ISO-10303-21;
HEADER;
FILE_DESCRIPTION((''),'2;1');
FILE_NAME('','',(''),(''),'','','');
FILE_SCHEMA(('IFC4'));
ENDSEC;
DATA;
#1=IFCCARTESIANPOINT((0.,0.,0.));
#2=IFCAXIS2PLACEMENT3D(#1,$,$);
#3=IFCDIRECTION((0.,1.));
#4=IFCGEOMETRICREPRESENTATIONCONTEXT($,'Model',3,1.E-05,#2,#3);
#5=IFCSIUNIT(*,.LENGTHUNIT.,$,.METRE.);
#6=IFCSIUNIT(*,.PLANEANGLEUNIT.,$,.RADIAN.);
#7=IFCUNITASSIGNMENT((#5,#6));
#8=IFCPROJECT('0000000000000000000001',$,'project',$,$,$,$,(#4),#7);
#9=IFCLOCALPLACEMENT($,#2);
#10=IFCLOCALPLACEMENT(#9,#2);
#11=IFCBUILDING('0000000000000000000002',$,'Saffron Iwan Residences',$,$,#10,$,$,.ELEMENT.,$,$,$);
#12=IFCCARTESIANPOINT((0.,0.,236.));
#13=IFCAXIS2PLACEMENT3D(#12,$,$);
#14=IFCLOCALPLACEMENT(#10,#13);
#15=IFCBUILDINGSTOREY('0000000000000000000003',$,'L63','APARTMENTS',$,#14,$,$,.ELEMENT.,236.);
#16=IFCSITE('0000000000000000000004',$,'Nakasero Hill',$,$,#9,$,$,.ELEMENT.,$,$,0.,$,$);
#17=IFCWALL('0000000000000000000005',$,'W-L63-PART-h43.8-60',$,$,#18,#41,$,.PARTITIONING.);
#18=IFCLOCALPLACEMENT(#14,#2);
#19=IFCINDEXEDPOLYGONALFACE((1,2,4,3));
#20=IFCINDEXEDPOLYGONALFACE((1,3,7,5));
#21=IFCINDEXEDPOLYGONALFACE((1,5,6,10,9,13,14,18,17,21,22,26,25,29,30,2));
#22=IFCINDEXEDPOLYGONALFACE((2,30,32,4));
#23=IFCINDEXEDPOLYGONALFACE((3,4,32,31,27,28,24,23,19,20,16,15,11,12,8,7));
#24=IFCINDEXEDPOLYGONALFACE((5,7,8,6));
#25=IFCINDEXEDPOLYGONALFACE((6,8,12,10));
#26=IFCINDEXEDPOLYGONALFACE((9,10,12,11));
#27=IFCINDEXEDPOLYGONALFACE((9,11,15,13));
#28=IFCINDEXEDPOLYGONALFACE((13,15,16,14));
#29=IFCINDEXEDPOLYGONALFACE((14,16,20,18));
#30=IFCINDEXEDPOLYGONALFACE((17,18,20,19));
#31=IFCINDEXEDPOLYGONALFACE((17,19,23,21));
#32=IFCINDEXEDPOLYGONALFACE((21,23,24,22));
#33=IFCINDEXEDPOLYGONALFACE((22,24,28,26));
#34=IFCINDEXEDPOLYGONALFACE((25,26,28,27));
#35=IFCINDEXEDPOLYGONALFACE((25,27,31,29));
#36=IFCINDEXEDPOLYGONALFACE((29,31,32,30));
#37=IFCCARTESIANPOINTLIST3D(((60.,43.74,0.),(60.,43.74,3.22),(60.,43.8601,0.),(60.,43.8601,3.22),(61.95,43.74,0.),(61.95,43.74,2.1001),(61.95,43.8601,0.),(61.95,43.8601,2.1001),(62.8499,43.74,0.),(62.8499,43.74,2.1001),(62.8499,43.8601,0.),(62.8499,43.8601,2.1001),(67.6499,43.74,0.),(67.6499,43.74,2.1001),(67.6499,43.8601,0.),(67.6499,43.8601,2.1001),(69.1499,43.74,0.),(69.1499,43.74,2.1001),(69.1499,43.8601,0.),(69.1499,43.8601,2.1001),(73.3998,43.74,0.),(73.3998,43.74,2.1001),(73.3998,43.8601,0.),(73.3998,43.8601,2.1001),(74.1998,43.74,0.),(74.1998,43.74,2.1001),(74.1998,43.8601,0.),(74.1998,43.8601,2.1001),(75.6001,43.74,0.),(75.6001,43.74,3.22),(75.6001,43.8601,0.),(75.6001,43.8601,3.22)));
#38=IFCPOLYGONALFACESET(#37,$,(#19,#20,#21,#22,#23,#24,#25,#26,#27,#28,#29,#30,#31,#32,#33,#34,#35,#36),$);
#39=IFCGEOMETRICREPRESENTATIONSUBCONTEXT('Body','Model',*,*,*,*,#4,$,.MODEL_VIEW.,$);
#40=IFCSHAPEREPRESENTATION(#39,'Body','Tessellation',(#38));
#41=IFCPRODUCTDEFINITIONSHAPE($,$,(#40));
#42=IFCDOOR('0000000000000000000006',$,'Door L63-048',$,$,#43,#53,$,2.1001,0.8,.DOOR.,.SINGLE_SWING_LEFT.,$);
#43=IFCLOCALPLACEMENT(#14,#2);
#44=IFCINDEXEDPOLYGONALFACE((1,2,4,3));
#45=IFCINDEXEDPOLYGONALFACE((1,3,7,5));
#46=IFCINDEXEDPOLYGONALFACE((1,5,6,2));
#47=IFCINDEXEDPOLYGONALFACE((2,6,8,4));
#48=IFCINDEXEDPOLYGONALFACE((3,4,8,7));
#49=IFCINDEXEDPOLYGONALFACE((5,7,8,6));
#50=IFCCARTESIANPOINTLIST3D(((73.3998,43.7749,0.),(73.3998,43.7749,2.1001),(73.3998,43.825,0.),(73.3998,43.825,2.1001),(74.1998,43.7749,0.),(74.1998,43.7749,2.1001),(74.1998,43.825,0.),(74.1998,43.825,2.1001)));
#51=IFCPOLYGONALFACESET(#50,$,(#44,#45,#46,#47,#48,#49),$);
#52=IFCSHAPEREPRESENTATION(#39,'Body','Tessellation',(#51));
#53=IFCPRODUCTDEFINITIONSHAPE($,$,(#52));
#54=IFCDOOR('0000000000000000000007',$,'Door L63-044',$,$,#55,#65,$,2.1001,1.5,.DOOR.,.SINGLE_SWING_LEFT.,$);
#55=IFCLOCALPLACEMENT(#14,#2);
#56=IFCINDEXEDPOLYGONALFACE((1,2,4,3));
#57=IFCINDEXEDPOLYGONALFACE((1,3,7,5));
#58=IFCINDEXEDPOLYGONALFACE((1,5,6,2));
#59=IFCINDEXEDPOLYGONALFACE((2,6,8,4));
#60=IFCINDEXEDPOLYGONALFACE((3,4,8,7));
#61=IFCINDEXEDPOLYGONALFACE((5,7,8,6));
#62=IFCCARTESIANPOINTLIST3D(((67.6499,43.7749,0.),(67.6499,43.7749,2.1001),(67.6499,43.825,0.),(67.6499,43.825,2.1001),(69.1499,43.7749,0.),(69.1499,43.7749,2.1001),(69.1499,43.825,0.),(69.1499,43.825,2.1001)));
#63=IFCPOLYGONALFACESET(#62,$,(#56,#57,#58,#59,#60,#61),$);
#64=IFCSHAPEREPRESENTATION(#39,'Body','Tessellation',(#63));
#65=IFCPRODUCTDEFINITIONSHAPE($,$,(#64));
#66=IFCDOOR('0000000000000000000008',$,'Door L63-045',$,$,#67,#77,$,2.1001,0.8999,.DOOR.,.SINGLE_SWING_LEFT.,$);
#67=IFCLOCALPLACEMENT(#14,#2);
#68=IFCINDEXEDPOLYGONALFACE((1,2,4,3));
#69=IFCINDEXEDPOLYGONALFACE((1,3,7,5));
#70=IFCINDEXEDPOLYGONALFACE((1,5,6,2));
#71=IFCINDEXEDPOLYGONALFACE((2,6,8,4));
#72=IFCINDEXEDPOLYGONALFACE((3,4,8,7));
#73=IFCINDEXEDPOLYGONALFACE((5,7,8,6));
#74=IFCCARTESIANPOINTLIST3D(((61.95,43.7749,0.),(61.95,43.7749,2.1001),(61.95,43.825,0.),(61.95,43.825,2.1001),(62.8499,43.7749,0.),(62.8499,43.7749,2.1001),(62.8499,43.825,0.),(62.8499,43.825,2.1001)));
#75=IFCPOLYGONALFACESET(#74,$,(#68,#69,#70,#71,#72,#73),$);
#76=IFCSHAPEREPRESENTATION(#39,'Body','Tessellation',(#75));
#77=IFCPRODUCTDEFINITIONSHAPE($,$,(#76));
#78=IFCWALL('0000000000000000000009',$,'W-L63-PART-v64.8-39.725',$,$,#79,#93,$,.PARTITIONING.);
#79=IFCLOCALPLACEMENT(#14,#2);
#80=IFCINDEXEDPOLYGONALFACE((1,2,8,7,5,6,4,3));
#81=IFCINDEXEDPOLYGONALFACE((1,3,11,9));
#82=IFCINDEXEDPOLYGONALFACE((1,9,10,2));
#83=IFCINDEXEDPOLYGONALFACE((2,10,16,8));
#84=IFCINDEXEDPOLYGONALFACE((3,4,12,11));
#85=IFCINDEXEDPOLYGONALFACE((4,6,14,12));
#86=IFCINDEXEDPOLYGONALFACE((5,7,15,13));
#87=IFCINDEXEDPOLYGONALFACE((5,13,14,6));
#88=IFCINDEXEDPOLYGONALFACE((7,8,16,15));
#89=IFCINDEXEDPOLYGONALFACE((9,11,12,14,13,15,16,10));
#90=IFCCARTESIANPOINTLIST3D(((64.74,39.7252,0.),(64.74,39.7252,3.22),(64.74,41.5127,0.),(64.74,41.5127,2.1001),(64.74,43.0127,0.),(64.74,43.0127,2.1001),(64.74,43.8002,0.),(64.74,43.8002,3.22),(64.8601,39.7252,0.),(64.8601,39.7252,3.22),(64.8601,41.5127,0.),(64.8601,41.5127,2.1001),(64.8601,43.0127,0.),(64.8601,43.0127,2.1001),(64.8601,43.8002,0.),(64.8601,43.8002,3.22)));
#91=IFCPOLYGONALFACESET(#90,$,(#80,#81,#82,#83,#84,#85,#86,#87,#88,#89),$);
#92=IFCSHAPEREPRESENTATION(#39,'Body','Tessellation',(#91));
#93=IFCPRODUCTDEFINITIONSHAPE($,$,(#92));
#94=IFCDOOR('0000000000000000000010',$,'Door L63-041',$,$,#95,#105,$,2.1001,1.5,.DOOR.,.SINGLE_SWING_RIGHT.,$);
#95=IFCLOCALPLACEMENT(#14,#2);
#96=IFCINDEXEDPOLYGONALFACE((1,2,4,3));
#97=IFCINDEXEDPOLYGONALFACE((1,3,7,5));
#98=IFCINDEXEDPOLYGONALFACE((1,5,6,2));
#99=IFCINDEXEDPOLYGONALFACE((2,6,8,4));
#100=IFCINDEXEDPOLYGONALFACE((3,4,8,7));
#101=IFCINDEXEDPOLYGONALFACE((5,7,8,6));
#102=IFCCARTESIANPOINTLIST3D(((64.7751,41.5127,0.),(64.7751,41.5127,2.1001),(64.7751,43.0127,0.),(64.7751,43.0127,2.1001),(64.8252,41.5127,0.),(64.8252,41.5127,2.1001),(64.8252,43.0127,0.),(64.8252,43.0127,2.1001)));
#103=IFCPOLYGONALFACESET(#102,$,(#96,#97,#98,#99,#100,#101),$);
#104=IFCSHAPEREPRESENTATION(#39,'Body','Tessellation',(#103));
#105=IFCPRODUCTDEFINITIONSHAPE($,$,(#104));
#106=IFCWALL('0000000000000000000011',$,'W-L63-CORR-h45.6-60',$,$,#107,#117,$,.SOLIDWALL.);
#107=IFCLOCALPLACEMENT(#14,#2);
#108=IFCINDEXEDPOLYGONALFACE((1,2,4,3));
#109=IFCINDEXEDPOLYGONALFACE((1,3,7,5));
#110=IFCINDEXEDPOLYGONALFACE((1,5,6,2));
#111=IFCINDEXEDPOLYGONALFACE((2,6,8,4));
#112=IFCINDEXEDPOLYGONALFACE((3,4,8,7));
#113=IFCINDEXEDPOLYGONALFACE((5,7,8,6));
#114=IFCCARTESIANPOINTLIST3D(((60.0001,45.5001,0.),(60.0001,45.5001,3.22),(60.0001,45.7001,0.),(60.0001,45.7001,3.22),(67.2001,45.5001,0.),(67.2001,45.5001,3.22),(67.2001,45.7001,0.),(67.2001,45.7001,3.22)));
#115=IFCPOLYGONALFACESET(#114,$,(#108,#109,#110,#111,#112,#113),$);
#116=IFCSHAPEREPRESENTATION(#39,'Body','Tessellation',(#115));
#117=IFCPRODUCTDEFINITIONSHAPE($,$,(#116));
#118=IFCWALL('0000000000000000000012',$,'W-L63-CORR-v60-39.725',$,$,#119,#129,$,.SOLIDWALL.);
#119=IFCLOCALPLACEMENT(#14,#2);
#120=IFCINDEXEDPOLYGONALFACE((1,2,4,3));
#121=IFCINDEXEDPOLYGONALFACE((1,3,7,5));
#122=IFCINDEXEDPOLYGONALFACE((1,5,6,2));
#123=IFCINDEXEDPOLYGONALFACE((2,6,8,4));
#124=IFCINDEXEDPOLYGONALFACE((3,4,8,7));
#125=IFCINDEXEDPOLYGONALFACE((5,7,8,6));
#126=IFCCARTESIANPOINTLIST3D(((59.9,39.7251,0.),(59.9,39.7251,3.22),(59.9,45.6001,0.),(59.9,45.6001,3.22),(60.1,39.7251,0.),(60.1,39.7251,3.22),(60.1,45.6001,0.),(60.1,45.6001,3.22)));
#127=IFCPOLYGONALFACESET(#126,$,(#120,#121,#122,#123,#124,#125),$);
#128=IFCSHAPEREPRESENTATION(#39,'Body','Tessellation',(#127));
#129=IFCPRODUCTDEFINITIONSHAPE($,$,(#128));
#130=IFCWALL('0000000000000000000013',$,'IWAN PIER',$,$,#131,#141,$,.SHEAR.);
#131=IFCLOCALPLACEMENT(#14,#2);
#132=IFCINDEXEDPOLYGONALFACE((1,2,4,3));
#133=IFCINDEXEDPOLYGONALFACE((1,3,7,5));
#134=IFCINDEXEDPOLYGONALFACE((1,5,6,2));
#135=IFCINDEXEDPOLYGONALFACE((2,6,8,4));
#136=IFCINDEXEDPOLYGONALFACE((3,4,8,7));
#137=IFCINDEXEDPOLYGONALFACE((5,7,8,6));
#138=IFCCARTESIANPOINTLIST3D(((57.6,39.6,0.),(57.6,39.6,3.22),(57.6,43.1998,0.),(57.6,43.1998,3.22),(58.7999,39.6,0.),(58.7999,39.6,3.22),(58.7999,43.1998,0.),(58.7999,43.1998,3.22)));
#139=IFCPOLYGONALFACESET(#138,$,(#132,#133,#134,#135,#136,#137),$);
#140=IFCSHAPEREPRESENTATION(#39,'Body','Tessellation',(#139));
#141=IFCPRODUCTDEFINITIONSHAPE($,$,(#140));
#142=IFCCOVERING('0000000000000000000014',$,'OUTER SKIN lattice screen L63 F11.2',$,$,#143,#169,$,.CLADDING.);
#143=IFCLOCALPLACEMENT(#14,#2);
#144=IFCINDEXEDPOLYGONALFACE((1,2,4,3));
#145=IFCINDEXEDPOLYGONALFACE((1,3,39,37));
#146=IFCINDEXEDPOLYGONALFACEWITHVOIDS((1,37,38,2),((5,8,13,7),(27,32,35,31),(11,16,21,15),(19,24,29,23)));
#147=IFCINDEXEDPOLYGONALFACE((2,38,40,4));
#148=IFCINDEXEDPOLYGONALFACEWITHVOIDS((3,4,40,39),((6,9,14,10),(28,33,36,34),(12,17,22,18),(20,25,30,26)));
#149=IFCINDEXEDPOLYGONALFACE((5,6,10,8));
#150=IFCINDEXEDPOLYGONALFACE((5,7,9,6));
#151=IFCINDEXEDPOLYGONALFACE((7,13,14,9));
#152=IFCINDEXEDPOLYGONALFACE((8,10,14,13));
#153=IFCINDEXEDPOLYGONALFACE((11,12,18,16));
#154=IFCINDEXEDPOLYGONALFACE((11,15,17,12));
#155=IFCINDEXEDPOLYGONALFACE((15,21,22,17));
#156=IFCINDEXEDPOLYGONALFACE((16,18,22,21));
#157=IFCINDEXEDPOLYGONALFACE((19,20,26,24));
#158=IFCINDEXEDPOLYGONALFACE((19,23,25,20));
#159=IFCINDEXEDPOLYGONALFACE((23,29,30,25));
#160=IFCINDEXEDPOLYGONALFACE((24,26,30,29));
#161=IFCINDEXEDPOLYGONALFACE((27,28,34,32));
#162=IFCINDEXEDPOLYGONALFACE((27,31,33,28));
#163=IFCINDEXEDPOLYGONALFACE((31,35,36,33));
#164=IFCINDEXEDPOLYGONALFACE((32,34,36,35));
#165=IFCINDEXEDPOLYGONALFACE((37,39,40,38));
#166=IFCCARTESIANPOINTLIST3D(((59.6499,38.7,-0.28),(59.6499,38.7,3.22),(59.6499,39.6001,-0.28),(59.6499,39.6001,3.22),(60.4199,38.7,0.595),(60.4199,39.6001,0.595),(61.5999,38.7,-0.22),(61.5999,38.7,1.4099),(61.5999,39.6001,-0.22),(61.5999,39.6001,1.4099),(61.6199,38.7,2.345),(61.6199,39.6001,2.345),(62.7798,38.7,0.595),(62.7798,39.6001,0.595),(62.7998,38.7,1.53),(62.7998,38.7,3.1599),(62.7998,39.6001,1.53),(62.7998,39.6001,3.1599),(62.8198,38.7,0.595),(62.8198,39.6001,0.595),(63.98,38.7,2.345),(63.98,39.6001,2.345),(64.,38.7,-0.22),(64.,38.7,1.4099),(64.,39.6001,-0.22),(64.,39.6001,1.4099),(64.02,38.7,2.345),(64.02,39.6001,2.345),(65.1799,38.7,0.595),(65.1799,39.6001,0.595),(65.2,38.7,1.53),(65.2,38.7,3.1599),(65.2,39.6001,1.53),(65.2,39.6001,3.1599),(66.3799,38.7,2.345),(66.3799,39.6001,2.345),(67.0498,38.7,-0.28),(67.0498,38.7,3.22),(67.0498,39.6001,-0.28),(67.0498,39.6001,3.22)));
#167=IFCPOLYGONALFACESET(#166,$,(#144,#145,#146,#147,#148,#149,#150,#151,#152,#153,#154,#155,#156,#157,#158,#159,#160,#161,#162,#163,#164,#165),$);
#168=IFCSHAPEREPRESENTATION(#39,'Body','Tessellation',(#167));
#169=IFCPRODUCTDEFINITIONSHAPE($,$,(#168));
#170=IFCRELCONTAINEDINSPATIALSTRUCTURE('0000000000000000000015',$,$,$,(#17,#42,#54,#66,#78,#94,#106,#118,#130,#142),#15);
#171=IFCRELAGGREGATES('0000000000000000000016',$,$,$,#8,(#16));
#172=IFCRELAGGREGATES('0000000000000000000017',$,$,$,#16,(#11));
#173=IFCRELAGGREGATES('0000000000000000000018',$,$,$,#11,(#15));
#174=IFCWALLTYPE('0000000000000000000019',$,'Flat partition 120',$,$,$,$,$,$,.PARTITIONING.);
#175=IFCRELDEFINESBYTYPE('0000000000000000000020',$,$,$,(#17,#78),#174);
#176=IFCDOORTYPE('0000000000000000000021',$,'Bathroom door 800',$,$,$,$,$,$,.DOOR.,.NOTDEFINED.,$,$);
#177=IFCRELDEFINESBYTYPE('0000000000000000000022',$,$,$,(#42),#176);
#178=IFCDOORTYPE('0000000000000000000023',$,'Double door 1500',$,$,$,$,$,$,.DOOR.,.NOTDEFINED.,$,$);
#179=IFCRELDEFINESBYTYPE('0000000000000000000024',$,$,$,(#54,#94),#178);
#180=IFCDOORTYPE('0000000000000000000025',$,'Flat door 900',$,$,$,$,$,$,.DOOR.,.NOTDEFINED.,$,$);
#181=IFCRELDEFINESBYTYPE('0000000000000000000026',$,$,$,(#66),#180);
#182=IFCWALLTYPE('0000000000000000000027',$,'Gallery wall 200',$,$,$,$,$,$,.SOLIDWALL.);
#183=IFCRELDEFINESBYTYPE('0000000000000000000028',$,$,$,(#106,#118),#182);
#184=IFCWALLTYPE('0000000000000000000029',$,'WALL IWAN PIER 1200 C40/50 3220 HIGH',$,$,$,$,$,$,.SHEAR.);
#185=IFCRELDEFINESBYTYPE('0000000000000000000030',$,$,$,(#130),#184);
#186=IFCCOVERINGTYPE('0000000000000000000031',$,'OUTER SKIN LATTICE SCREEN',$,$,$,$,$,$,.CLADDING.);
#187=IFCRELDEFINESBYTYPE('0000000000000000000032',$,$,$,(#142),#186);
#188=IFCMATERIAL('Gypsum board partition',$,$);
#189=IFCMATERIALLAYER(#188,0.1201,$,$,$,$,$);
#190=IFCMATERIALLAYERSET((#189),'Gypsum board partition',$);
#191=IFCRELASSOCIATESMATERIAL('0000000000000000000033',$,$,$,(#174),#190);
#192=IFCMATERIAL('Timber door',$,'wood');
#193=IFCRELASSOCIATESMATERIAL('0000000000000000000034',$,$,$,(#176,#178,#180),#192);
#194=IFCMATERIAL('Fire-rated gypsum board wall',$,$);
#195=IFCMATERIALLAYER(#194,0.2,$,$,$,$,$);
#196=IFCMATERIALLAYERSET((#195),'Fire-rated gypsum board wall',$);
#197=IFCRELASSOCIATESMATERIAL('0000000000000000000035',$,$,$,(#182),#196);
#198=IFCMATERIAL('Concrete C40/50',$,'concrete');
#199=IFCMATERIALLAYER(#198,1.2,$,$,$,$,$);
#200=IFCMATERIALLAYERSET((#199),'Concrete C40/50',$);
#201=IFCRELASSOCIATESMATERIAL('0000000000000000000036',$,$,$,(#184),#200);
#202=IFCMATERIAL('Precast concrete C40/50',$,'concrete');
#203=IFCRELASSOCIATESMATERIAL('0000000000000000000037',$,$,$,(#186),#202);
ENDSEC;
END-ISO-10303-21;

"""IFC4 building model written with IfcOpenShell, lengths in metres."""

from ifc_helpers import new_model, si_unit, direction, frame, frame_2d, origin, place, context, subcontext, project, spatial, polyline, rectangle, outline, extrude, material, layer, layer_set, type_object, element, fill, save


model = new_model("IFC4")

# Units and contexts
model_context = context("Model", 3, precision=1e-05, world=origin(), true_north=direction((0.0, 1.0)))
body_context = subcontext(model_context, "Body", "Model", "MODEL_VIEW")
ifc_project = project(units=[si_unit("LENGTHUNIT", "METRE"), si_unit("PLANEANGLEUNIT", "RADIAN")], contexts=[model_context])

# Site, building, storey
site_placement = place(None, origin())
site = spatial("IfcSite", under=ifc_project, at=site_placement, Name="Nakasero Hill", CompositionType="ELEMENT", RefElevation=0.0)
building_placement = place(site_placement, origin())
building = spatial("IfcBuilding", under=site, at=building_placement, Name="Saffron Iwan Residences", CompositionType="ELEMENT")
storey_placement = place(building_placement, frame((0.0, 0.0, 236.0)))
storey = spatial("IfcBuildingStorey", under=building, at=storey_placement, Name="L63", Description="APARTMENTS", CompositionType="ELEMENT", Elevation=236.0)

# Shared definitions
ifc_material_1 = material(Name="Concrete C40/50", Category="concrete")

# Wall, openings, doors
ifc_material_2 = material(Name="Gypsum board partition")
ifc_layer_1 = layer(ifc_material_2, 0.1201)
ifc_layer_set_1 = layer_set([ifc_layer_1], Name="Gypsum board partition")
wall_type_1 = type_object("IfcWallType", Name="Flat partition 120", PredefinedType="PARTITIONING", material=ifc_layer_set_1)
wall_1_placement = place(storey_placement, frame((60.0, 43.8, 0.0), z_axis=(0.0, 0.0, 1.0), x_axis=(1.0, 0.0, 0.0)))
wall_1 = element("IfcWall", 1, at=wall_1_placement, inside=storey, type_object=wall_type_1, Name="W-L63-PART-h43.8-60", PredefinedType="PARTITIONING", context=body_context, shape_type="SweptSolid", body=[
    extrude(rectangle(XDim=15.6001, YDim=0.1201, at=frame_2d((7.8, 0.0))), origin(), (0.0, 0.0, 1.0), 3.22),
])
opening_1_placement = place(wall_1_placement, frame((7.6499, 0.0, 0.0)))
opening_1 = element("IfcOpeningElement", 2, at=opening_1_placement, cuts=wall_1, PredefinedType="OPENING", context=body_context, shape_type="SweptSolid", body=[
    extrude(rectangle(XDim=1.5, YDim=2.1001, at=frame_2d((0.75, 1.05))), frame((0.0, 0.0701, 0.0), z_axis=(0.0, -1.0, 0.0), x_axis=(1.0, 0.0, 0.0)), (0.0, 0.0, 1.0), 0.1401),
])
opening_2_placement = place(wall_1_placement, frame((1.95, 0.0, 0.0)))
opening_2 = element("IfcOpeningElement", 3, at=opening_2_placement, cuts=wall_1, PredefinedType="OPENING", context=body_context, shape_type="SweptSolid", body=[
    extrude(rectangle(XDim=0.8999, YDim=2.1001, at=frame_2d((0.45, 1.05))), frame((0.0, 0.0701, 0.0), z_axis=(0.0, -1.0, 0.0), x_axis=(1.0, 0.0, 0.0)), (0.0, 0.0, 1.0), 0.1401),
])
opening_3_placement = place(wall_1_placement, frame((13.3999, 0.0, 0.0)))
opening_3 = element("IfcOpeningElement", 4, at=opening_3_placement, cuts=wall_1, PredefinedType="OPENING", context=body_context, shape_type="SweptSolid", body=[
    extrude(rectangle(XDim=0.8, YDim=2.1001, at=frame_2d((0.3999, 1.05))), frame((0.0, 0.0701, 0.0), z_axis=(0.0, -1.0, 0.0), x_axis=(1.0, 0.0, 0.0)), (0.0, 0.0, 1.0), 0.1401),
])
ifc_material_3 = material(Name="Timber door", Category="wood")
door_type_1 = type_object("IfcDoorType", Name="Bathroom door 800", OperationType="NOTDEFINED", PredefinedType="DOOR", material=ifc_material_3)
door_1_placement = place(opening_3_placement, origin())
door_1 = element("IfcDoor", 5, at=door_1_placement, inside=storey, type_object=door_type_1, Name="Door L63-048", OperationType="SINGLE_SWING_LEFT", OverallHeight=2.1001, OverallWidth=0.8, PredefinedType="DOOR", context=body_context, shape_type="SweptSolid", body=[
    extrude(rectangle(XDim=0.8, YDim=2.1001, at=frame_2d((0.3999, 1.05))), frame((0.0, 0.0249, 0.0), z_axis=(0.0, -1.0, 0.0), x_axis=(1.0, 0.0, 0.0)), (0.0, 0.0, 1.0), 0.05),
])
fill(opening_3, door_1)
door_type_2 = type_object("IfcDoorType", Name="Double door 1500", OperationType="NOTDEFINED", PredefinedType="DOOR", material=ifc_material_3)
door_2_placement = place(opening_1_placement, origin())
door_2 = element("IfcDoor", 6, at=door_2_placement, inside=storey, type_object=door_type_2, Name="Door L63-044", OperationType="SINGLE_SWING_LEFT", OverallHeight=2.1001, OverallWidth=1.5, PredefinedType="DOOR", context=body_context, shape_type="SweptSolid", body=[
    extrude(rectangle(XDim=1.5, YDim=2.1001, at=frame_2d((0.75, 1.05))), frame((0.0, 0.0249, 0.0), z_axis=(0.0, -1.0, 0.0), x_axis=(1.0, 0.0, 0.0)), (0.0, 0.0, 1.0), 0.05),
])
fill(opening_1, door_2)
door_type_3 = type_object("IfcDoorType", Name="Flat door 900", OperationType="NOTDEFINED", PredefinedType="DOOR", material=ifc_material_3)
door_3_placement = place(opening_2_placement, origin())
door_3 = element("IfcDoor", 7, at=door_3_placement, inside=storey, type_object=door_type_3, Name="Door L63-045", OperationType="SINGLE_SWING_LEFT", OverallHeight=2.1001, OverallWidth=0.8999, PredefinedType="DOOR", context=body_context, shape_type="SweptSolid", body=[
    extrude(rectangle(XDim=0.8999, YDim=2.1001, at=frame_2d((0.45, 1.05))), frame((0.0, 0.0249, 0.0), z_axis=(0.0, -1.0, 0.0), x_axis=(1.0, 0.0, 0.0)), (0.0, 0.0, 1.0), 0.05),
])
fill(opening_2, door_3)

# Wall, opening, door
wall_2_placement = place(storey_placement, frame((64.8, 39.7251, 0.0), z_axis=(0.0, 0.0, 1.0), x_axis=(0.0, 1.0, 0.0)))
wall_2 = element("IfcWall", 8, at=wall_2_placement, inside=storey, type_object=wall_type_1, Name="W-L63-PART-v64.8-39.725", PredefinedType="PARTITIONING", context=body_context, shape_type="SweptSolid", body=[
    extrude(rectangle(XDim=4.075, YDim=0.1201, at=frame_2d((2.0376, 0.0))), origin(), (0.0, 0.0, 1.0), 3.22),
])
opening_4_placement = place(wall_2_placement, frame((1.7876, 0.0, 0.0)))
opening_4 = element("IfcOpeningElement", 9, at=opening_4_placement, cuts=wall_2, PredefinedType="OPENING", context=body_context, shape_type="SweptSolid", body=[
    extrude(rectangle(XDim=1.5, YDim=2.1001, at=frame_2d((0.75, 1.05))), frame((0.0, 0.0701, 0.0), z_axis=(0.0, -1.0, 0.0), x_axis=(1.0, 0.0, 0.0)), (0.0, 0.0, 1.0), 0.1401),
])
door_4_placement = place(opening_4_placement, origin())
door_4 = element("IfcDoor", 10, at=door_4_placement, inside=storey, type_object=door_type_2, Name="Door L63-041", OperationType="SINGLE_SWING_RIGHT", OverallHeight=2.1001, OverallWidth=1.5, PredefinedType="DOOR", context=body_context, shape_type="SweptSolid", body=[
    extrude(rectangle(XDim=1.5, YDim=2.1001, at=frame_2d((0.75, 1.05))), frame((0.0, 0.0249, 0.0), z_axis=(0.0, -1.0, 0.0), x_axis=(1.0, 0.0, 0.0)), (0.0, 0.0, 1.0), 0.05),
])
fill(opening_4, door_4)

# Walls
ifc_material_4 = material(Name="Fire-rated gypsum board wall")
ifc_layer_2 = layer(ifc_material_4, 0.2)
ifc_layer_set_2 = layer_set([ifc_layer_2], Name="Fire-rated gypsum board wall")
wall_type_2 = type_object("IfcWallType", Name="Gallery wall 200", PredefinedType="SOLIDWALL", material=ifc_layer_set_2)
wall_3_placement = place(storey_placement, frame((60.0, 45.6001, 0.0), z_axis=(0.0, 0.0, 1.0), x_axis=(1.0, 0.0, 0.0)))
element("IfcWall", 11, at=wall_3_placement, inside=storey, type_object=wall_type_2, Name="W-L63-CORR-h45.6-60", PredefinedType="SOLIDWALL", context=body_context, shape_type="SweptSolid", body=[
    extrude(rectangle(XDim=7.2, YDim=0.2, at=frame_2d((3.6001, 0.0))), origin(), (0.0, 0.0, 1.0), 3.22),
])
wall_4_placement = place(storey_placement, frame((60.0, 39.7251, 0.0), z_axis=(0.0, 0.0, 1.0), x_axis=(0.0, 1.0, 0.0)))
element("IfcWall", 12, at=wall_4_placement, inside=storey, type_object=wall_type_2, Name="W-L63-CORR-v60-39.725", PredefinedType="SOLIDWALL", context=body_context, shape_type="SweptSolid", body=[
    extrude(rectangle(XDim=5.875, YDim=0.2, at=frame_2d((2.9375, 0.0))), origin(), (0.0, 0.0, 1.0), 3.22),
])
ifc_layer_3 = layer(ifc_material_1, 1.2)
ifc_layer_set_3 = layer_set([ifc_layer_3], Name="Concrete C40/50")
wall_type_3 = type_object("IfcWallType", Name="WALL IWAN PIER 1200 C40/50 3220 HIGH", PredefinedType="SHEAR", material=ifc_layer_set_3)
wall_5_placement = place(storey_placement, frame((58.2, 39.6001, 0.0), z_axis=(0.0, 0.0, 1.0), x_axis=(0.0, 1.0, 0.0)))
element("IfcWall", 13, at=wall_5_placement, inside=storey, type_object=wall_type_3, Name="IWAN PIER", PredefinedType="SHEAR", context=body_context, shape_type="SweptSolid", body=[
    extrude(rectangle(XDim=3.5999, YDim=1.2, at=frame_2d((1.7998, 0.0))), origin(), (0.0, 0.0, 1.0), 3.22),
])

# Covering
ifc_material_5 = material(Name="Precast concrete C40/50", Category="concrete")
covering_type = type_object("IfcCoveringType", Name="OUTER SKIN LATTICE SCREEN", PredefinedType="CLADDING", material=ifc_material_5)
covering_placement = place(storey_placement, frame((59.6499, 39.6001, -0.28), z_axis=(0.0, -1.0, 0.0), x_axis=(1.0, 0.0, 0.0)))
element("IfcCovering", 14, at=covering_placement, inside=storey, type_object=covering_type, Name="OUTER SKIN lattice screen L63 F11.2", PredefinedType="CLADDING", context=body_context, shape_type="SweptSolid", body=[
    extrude(outline(polyline([(0.0, 0.0), (7.3999, 0.0), (7.3999, 3.5), (0.0, 3.5), (0.0, 0.0)]), holes=[polyline([(0.77, 0.875), (1.95, 0.0601), (3.1299, 0.875), (1.95, 1.6899), (0.77, 0.875)]), polyline([(3.1699, 0.875), (4.3501, 0.0601), (5.53, 0.875), (4.3501, 1.6899), (3.1699, 0.875)]), polyline([(1.97, 2.625), (3.1499, 1.8101), (4.3301, 2.625), (3.1499, 3.4399), (1.97, 2.625)]), polyline([(4.3701, 2.625), (5.55, 1.8101), (6.73, 2.625), (5.55, 3.4399), (4.3701, 2.625)])]), origin(), (0.0, 0.0, 1.0), 0.9001),
])

save(model, "model.ifc")
